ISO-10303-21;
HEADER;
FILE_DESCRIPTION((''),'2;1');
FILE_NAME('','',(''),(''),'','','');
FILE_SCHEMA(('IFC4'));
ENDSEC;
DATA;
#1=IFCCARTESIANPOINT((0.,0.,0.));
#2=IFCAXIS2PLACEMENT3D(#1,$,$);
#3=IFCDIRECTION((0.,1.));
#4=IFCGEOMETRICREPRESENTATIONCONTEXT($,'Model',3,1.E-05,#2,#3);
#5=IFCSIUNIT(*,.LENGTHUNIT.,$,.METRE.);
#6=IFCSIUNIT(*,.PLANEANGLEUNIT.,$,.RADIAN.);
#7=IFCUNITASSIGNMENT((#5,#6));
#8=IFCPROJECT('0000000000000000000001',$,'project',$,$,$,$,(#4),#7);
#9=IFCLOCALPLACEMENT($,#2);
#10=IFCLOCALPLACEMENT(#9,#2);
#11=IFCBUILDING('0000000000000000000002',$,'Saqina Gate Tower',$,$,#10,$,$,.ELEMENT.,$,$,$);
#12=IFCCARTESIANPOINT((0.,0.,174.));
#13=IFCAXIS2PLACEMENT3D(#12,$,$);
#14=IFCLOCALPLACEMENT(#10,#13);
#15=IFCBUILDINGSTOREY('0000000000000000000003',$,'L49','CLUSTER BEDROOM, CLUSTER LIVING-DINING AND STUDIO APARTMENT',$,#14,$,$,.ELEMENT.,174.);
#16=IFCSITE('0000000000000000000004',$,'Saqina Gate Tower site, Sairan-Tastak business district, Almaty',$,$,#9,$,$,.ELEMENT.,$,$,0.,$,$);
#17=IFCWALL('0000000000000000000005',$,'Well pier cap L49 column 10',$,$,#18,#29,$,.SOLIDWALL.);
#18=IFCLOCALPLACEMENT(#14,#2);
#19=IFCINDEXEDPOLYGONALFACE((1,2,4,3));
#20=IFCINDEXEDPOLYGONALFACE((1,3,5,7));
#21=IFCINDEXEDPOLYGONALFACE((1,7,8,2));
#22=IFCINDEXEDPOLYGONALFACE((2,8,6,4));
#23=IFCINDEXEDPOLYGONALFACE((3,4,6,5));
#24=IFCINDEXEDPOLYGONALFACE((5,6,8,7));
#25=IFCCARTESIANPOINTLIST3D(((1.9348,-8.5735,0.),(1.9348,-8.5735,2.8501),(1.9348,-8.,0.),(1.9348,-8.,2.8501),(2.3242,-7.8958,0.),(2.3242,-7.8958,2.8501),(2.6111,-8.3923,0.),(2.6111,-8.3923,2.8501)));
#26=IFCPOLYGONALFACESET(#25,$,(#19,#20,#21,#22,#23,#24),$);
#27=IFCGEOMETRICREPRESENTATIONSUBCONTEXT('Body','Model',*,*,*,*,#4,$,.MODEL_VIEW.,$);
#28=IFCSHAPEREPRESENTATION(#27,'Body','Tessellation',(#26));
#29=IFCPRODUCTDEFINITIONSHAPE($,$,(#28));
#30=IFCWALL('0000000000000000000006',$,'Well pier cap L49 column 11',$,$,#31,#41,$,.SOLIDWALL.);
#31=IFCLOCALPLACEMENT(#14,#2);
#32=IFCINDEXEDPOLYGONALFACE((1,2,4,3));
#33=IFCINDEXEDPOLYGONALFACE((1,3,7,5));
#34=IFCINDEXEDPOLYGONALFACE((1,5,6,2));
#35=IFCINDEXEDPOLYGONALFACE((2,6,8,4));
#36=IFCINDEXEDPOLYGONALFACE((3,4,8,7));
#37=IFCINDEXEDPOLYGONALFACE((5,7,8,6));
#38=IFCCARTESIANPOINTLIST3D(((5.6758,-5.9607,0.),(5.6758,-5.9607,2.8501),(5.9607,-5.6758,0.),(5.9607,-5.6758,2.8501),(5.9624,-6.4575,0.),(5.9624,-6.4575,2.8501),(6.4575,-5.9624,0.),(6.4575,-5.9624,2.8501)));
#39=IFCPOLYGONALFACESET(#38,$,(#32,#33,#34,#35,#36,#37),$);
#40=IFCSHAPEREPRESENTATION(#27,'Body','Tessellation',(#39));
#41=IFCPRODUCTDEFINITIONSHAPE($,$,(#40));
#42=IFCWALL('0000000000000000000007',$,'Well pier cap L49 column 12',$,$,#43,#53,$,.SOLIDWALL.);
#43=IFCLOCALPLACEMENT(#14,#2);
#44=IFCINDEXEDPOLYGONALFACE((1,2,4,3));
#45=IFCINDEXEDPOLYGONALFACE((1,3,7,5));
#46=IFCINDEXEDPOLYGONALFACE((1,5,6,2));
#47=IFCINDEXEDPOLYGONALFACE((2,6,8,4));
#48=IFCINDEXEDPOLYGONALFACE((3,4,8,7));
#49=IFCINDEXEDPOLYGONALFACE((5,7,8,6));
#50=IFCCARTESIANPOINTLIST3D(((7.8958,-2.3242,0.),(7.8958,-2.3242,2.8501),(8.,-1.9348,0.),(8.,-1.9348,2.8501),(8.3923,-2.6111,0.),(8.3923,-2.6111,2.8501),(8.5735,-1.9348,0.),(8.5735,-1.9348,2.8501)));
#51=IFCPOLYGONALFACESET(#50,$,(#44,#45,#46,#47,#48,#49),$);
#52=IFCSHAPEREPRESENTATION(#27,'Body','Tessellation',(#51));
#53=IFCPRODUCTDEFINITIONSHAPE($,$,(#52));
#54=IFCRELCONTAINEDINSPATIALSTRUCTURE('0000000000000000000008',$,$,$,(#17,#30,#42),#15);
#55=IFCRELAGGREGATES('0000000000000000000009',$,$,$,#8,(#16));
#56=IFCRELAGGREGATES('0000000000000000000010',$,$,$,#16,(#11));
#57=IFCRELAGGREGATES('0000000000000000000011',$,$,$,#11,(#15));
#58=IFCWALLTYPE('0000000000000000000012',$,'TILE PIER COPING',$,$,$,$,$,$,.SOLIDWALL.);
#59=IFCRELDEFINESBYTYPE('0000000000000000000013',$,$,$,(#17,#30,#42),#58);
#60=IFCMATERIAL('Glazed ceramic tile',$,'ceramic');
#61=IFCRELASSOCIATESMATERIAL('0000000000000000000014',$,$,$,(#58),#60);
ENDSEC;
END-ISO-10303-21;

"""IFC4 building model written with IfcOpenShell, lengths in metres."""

from ifc_helpers import new_model, si_unit, direction, frame, origin, place, context, subcontext, project, spatial, polyline, outline, extrude, material, type_object, element, save


model = new_model("IFC4")

# Units and contexts
model_context = context("Model", 3, precision=1e-05, world=origin(), true_north=direction((0.0, 1.0)))
body_context = subcontext(model_context, "Body", "Model", "MODEL_VIEW")
ifc_project = project(units=[si_unit("LENGTHUNIT", "METRE"), si_unit("PLANEANGLEUNIT", "RADIAN")], contexts=[model_context])

# Site, building, storey
site_placement = place(None, origin())
site = spatial("IfcSite", under=ifc_project, at=site_placement, Name="Saqina Gate Tower site, Sairan-Tastak business district, Almaty", CompositionType="ELEMENT", RefElevation=0.0)
building_placement = place(site_placement, origin())
building = spatial("IfcBuilding", under=site, at=building_placement, Name="Saqina Gate Tower", CompositionType="ELEMENT")
storey_placement = place(building_placement, frame((0.0, 0.0, 174.0)))
storey = spatial("IfcBuildingStorey", under=building, at=storey_placement, Name="L49", Description="CLUSTER BEDROOM, CLUSTER LIVING-DINING AND STUDIO APARTMENT", CompositionType="ELEMENT", Elevation=174.0)

# Walls
ifc_material_1 = material(Name="Glazed ceramic tile", Category="ceramic")
wall_type_1 = type_object("IfcWallType", Name="TILE PIER COPING", PredefinedType="SOLIDWALL", material=ifc_material_1)
wall_1_placement = place(storey_placement, origin())
element("IfcWall", 1, at=wall_1_placement, inside=storey, type_object=wall_type_1, Name="Well pier cap L49 column 10", PredefinedType="SOLIDWALL", context=body_context, shape_type="SweptSolid", body=[
    extrude(outline(polyline([(2.6111, -8.3923), (2.3242, -7.8958), (1.9348, -8.0), (1.9348, -8.5735), (2.6111, -8.3923)])), origin(), (0.0, 0.0, 1.0), 2.8501),
])
wall_2_placement = place(storey_placement, origin())
element("IfcWall", 2, at=wall_2_placement, inside=storey, type_object=wall_type_1, Name="Well pier cap L49 column 11", PredefinedType="SOLIDWALL", context=body_context, shape_type="SweptSolid", body=[
    extrude(outline(polyline([(5.9624, -6.4575), (6.4575, -5.9624), (5.9607, -5.6758), (5.6758, -5.9607), (5.9624, -6.4575)])), origin(), (0.0, 0.0, 1.0), 2.8501),
])
wall_3_placement = place(storey_placement, origin())
element("IfcWall", 3, at=wall_3_placement, inside=storey, type_object=wall_type_1, Name="Well pier cap L49 column 12", PredefinedType="SOLIDWALL", context=body_context, shape_type="SweptSolid", body=[
    extrude(outline(polyline([(8.5735, -1.9348), (8.0, -1.9348), (7.8958, -2.3242), (8.3923, -2.6111), (8.5735, -1.9348)])), origin(), (0.0, 0.0, 1.0), 2.8501),
])

save(model, "model.ifc")
